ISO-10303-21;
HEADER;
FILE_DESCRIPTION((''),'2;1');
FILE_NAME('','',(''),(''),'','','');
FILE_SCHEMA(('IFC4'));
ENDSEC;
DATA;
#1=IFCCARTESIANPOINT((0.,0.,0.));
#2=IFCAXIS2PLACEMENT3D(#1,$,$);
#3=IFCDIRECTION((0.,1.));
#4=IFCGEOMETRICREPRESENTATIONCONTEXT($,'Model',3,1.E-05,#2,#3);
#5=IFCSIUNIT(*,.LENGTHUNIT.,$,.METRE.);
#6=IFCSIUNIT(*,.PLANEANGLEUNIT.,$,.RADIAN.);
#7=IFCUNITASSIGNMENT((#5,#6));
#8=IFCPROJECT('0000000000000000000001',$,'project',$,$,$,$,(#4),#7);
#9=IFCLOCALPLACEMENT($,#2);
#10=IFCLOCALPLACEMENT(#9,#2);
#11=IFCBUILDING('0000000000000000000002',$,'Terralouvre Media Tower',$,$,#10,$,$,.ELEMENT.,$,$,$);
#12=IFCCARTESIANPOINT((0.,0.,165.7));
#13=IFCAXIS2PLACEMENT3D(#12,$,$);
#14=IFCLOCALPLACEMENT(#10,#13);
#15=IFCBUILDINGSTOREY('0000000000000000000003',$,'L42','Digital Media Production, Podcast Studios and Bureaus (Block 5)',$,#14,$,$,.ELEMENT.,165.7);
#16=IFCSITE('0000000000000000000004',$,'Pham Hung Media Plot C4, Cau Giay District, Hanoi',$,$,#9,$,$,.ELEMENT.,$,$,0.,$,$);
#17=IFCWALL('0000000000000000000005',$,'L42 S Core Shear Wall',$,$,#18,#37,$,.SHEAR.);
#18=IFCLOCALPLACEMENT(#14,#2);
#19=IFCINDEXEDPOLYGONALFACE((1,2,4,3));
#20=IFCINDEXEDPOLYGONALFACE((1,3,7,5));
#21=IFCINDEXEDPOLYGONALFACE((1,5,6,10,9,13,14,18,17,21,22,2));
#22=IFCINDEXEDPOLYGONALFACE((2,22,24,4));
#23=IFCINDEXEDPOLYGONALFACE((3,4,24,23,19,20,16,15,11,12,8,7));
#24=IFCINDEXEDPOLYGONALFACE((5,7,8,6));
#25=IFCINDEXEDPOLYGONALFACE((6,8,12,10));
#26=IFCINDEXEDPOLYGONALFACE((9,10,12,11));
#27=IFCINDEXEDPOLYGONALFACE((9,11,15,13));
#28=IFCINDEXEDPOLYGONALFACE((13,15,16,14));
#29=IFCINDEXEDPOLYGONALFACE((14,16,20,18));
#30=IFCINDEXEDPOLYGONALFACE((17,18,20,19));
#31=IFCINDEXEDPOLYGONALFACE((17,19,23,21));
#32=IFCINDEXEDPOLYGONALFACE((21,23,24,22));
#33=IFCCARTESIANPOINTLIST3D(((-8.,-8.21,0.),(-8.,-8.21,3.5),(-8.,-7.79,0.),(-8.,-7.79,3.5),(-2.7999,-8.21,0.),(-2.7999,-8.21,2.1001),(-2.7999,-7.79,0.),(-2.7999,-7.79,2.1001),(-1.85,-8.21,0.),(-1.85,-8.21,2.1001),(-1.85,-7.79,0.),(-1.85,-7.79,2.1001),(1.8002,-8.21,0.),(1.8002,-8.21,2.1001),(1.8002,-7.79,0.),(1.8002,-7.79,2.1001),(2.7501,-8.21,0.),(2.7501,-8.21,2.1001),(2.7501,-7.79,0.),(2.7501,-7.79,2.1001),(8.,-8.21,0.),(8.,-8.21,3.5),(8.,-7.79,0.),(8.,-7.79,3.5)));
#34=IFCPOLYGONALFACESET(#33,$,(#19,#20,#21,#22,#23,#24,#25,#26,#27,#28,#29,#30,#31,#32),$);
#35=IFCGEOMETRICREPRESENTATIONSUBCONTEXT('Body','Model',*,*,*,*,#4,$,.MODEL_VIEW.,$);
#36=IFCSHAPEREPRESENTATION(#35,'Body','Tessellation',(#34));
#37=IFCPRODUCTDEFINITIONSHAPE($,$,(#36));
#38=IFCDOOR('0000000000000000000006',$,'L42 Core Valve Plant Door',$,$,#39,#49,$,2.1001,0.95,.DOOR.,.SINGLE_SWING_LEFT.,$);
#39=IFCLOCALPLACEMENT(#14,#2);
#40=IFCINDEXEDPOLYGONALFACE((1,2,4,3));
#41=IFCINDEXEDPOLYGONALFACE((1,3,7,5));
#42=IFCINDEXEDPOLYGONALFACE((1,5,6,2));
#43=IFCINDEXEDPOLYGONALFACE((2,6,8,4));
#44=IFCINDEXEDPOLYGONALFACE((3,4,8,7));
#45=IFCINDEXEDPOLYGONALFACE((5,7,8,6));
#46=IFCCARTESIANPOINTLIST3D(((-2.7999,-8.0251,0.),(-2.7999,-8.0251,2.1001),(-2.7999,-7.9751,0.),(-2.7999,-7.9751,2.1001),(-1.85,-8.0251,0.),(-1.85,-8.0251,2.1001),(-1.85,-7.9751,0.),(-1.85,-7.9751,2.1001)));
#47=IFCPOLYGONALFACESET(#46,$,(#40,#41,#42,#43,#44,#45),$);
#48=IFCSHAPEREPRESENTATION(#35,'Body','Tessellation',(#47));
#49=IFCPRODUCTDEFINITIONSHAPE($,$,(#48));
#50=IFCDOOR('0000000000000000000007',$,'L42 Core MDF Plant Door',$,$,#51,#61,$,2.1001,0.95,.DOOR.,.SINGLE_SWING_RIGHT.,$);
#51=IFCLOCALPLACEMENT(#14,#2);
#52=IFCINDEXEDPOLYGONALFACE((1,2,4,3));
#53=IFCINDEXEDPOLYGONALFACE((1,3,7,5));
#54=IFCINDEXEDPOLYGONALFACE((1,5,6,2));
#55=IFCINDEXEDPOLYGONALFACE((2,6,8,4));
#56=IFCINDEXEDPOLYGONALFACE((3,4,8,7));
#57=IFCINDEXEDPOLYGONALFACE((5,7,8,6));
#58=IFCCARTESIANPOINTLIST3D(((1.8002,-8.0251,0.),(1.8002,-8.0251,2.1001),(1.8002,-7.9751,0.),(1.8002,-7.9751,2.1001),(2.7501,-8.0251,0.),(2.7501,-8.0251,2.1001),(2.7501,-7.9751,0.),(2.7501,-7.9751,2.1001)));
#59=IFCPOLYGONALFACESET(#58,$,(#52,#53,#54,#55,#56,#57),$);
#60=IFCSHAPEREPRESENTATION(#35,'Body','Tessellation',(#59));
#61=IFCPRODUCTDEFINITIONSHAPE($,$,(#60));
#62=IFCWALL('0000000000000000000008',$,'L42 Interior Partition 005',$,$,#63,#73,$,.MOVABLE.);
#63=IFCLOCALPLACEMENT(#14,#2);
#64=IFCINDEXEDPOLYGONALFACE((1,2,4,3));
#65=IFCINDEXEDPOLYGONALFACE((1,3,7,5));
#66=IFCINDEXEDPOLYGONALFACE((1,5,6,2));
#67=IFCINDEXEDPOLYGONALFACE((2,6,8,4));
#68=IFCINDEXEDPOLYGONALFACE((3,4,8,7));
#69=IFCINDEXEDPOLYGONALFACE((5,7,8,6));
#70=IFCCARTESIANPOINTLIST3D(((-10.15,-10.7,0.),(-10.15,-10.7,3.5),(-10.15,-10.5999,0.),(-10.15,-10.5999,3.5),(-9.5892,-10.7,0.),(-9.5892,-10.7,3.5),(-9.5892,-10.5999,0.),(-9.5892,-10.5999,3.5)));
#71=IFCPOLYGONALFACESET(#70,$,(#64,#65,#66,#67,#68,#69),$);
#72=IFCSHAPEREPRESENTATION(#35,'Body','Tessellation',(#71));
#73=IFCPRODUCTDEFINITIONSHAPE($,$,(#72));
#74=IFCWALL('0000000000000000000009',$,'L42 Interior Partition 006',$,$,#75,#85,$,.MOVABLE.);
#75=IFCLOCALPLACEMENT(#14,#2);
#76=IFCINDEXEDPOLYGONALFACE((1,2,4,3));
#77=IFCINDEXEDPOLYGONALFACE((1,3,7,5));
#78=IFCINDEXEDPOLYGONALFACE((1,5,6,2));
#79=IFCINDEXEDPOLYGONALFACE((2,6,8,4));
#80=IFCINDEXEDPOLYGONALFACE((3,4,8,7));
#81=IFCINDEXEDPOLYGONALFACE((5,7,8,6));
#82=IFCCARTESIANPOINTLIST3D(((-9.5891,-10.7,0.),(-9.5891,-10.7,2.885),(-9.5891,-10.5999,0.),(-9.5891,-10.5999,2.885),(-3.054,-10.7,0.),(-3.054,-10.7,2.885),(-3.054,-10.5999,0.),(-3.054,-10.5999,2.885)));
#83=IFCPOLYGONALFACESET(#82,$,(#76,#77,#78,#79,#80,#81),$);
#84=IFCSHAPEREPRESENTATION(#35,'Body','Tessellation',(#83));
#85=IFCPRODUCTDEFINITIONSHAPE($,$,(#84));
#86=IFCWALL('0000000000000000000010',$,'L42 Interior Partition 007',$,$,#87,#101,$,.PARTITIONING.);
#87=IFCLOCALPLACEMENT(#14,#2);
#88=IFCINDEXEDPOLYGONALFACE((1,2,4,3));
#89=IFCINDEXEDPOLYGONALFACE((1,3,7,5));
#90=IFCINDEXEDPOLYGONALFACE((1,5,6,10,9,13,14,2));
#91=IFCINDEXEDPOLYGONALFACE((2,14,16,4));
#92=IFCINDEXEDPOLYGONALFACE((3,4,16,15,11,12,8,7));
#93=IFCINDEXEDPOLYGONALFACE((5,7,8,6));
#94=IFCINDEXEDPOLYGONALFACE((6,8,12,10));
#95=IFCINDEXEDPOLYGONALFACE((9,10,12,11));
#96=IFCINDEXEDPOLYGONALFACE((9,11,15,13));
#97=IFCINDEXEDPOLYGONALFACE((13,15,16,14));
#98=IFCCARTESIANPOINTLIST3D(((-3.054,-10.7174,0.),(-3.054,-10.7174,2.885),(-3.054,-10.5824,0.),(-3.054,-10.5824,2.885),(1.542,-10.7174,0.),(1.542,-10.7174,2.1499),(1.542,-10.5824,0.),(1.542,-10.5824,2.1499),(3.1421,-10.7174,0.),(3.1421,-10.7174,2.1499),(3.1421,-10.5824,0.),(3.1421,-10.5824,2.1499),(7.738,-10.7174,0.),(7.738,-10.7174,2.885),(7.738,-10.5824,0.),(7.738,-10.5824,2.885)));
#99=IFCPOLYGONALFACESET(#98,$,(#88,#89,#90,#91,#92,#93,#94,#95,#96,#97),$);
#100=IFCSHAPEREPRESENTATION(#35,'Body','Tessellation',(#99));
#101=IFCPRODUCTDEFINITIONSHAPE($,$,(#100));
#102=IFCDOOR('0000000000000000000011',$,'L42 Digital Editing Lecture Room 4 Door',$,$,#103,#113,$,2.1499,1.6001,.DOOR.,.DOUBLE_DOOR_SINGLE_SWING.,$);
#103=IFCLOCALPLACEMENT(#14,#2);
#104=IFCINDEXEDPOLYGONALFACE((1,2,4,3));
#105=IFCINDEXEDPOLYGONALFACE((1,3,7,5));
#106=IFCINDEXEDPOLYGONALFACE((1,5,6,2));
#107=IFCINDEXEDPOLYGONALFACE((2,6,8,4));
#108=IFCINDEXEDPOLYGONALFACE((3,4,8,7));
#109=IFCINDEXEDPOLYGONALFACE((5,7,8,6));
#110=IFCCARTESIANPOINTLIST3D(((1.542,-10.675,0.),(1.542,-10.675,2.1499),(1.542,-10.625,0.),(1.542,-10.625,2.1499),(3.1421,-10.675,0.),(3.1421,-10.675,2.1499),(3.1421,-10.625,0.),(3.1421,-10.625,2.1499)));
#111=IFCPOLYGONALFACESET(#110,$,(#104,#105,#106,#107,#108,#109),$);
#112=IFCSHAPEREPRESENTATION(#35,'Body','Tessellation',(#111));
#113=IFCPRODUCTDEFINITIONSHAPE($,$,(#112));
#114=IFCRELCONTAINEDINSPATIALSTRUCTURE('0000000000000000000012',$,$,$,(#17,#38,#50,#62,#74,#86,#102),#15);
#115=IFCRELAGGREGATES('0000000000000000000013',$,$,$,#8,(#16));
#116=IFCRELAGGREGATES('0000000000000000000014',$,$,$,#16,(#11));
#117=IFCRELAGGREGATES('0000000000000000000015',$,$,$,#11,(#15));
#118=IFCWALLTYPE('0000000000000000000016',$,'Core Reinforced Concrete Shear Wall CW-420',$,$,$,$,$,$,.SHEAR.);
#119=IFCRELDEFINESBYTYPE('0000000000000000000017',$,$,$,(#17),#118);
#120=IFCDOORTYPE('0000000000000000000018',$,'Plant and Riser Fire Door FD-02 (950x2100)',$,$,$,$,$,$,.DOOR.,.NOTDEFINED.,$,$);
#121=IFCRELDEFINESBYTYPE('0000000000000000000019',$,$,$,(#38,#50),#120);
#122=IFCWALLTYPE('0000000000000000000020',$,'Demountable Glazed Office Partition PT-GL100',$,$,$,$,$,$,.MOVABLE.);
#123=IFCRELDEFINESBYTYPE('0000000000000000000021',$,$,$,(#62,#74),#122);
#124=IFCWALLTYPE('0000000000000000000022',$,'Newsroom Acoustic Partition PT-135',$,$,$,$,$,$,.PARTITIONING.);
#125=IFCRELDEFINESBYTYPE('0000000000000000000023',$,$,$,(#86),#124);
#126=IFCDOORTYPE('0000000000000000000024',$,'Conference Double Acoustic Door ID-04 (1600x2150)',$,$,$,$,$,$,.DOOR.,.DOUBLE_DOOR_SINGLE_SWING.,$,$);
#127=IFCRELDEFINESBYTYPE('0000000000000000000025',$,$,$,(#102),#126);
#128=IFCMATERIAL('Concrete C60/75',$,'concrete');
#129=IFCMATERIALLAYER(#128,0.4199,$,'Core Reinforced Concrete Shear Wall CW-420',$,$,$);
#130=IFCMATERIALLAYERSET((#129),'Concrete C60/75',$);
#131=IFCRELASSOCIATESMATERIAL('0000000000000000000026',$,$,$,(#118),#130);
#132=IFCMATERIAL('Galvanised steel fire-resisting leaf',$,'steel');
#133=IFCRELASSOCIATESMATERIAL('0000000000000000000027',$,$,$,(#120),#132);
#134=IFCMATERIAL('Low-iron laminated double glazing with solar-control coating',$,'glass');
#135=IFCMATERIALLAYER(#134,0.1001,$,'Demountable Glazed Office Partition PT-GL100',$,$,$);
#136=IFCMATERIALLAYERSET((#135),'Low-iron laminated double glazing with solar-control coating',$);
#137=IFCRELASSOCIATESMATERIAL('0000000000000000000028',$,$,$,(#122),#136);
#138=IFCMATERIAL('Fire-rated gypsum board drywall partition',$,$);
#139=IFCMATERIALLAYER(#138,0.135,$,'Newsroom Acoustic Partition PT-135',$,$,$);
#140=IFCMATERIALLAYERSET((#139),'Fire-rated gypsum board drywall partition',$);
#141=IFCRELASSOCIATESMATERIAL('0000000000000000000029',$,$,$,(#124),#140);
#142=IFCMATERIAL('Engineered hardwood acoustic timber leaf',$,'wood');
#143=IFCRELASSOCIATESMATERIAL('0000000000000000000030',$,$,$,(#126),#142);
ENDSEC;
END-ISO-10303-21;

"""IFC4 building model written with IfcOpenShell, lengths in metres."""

from ifc_helpers import new_model, si_unit, direction, frame, frame_2d, origin, place, context, subcontext, project, spatial, rectangle, extrude, material, layer, layer_set, type_object, element, fill, save


model = new_model("IFC4")

# Units and contexts
model_context = context("Model", 3, precision=1e-05, world=origin(), true_north=direction((0.0, 1.0)))
body_context = subcontext(model_context, "Body", "Model", "MODEL_VIEW")
ifc_project = project(units=[si_unit("LENGTHUNIT", "METRE"), si_unit("PLANEANGLEUNIT", "RADIAN")], contexts=[model_context])

# Site, building, storey
site_placement = place(None, origin())
site = spatial("IfcSite", under=ifc_project, at=site_placement, Name="Pham Hung Media Plot C4, Cau Giay District, Hanoi", CompositionType="ELEMENT", RefElevation=0.0)
building_placement = place(site_placement, origin())
building = spatial("IfcBuilding", under=site, at=building_placement, Name="Terralouvre Media Tower", CompositionType="ELEMENT")
storey_placement = place(building_placement, frame((0.0, 0.0, 165.7)))
storey = spatial("IfcBuildingStorey", under=building, at=storey_placement, Name="L42", Description="Digital Media Production, Podcast Studios and Bureaus (Block 5)", CompositionType="ELEMENT", Elevation=165.7)

# Wall, openings, doors
ifc_material_1 = material(Name="Concrete C60/75", Category="concrete")
ifc_layer_1 = layer(ifc_material_1, 0.4199, Name="Core Reinforced Concrete Shear Wall CW-420")
ifc_layer_set_1 = layer_set([ifc_layer_1], Name="Concrete C60/75")
wall_type_1 = type_object("IfcWallType", Name="Core Reinforced Concrete Shear Wall CW-420", PredefinedType="SHEAR", material=ifc_layer_set_1)
wall_1_placement = place(storey_placement, frame((-8.0, -8.0, 0.0), z_axis=(0.0, 0.0, 1.0), x_axis=(1.0, 0.0, 0.0)))
wall_1 = element("IfcWall", 1, at=wall_1_placement, inside=storey, type_object=wall_type_1, Name="L42 S Core Shear Wall", PredefinedType="SHEAR", context=body_context, shape_type="SweptSolid", body=[
    extrude(rectangle(XDim=16.0, YDim=0.4199, at=frame_2d((8.0, 0.0))), origin(), (0.0, 0.0, 1.0), 3.5),
])
opening_1_placement = place(wall_1_placement, frame((5.2, 0.0, 0.0)))
opening_1 = element("IfcOpeningElement", 2, at=opening_1_placement, cuts=wall_1, PredefinedType="OPENING", context=body_context, shape_type="SweptSolid", body=[
    extrude(rectangle(XDim=0.95, YDim=2.1001, at=frame_2d((0.4751, 1.05))), frame((0.0, 0.22, 0.0), z_axis=(0.0, -1.0, 0.0), x_axis=(1.0, 0.0, 0.0)), (0.0, 0.0, 1.0), 0.4399),
])
opening_2_placement = place(wall_1_placement, frame((9.8, 0.0, 0.0)))
opening_2 = element("IfcOpeningElement", 3, at=opening_2_placement, cuts=wall_1, PredefinedType="OPENING", context=body_context, shape_type="SweptSolid", body=[
    extrude(rectangle(XDim=0.95, YDim=2.1001, at=frame_2d((0.4751, 1.05))), frame((0.0, 0.22, 0.0), z_axis=(0.0, -1.0, 0.0), x_axis=(1.0, 0.0, 0.0)), (0.0, 0.0, 1.0), 0.4399),
])
ifc_material_2 = material(Name="Galvanised steel fire-resisting leaf", Category="steel")
door_type_1 = type_object("IfcDoorType", Name="Plant and Riser Fire Door FD-02 (950x2100)", OperationType="NOTDEFINED", PredefinedType="DOOR", material=ifc_material_2)
door_1_placement = place(opening_1_placement, origin())
door_1 = element("IfcDoor", 4, at=door_1_placement, inside=storey, type_object=door_type_1, Name="L42 Core Valve Plant Door", OperationType="SINGLE_SWING_LEFT", OverallHeight=2.1001, OverallWidth=0.95, PredefinedType="DOOR", context=body_context, shape_type="SweptSolid", body=[
    extrude(rectangle(XDim=0.95, YDim=2.1001, at=frame_2d((0.4751, 1.05))), frame((0.0, 0.0249, 0.0), z_axis=(0.0, -1.0, 0.0), x_axis=(1.0, 0.0, 0.0)), (0.0, 0.0, 1.0), 0.05),
])
fill(opening_1, door_1)
door_2_placement = place(opening_2_placement, origin())
door_2 = element("IfcDoor", 5, at=door_2_placement, inside=storey, type_object=door_type_1, Name="L42 Core MDF Plant Door", OperationType="SINGLE_SWING_RIGHT", OverallHeight=2.1001, OverallWidth=0.95, PredefinedType="DOOR", context=body_context, shape_type="SweptSolid", body=[
    extrude(rectangle(XDim=0.95, YDim=2.1001, at=frame_2d((0.4751, 1.05))), frame((0.0, 0.0249, 0.0), z_axis=(0.0, -1.0, 0.0), x_axis=(1.0, 0.0, 0.0)), (0.0, 0.0, 1.0), 0.05),
])
fill(opening_2, door_2)

# Walls
ifc_material_3 = material(Name="Low-iron laminated double glazing with solar-control coating", Category="glass")
ifc_layer_2 = layer(ifc_material_3, 0.1001, Name="Demountable Glazed Office Partition PT-GL100")
ifc_layer_set_2 = layer_set([ifc_layer_2], Name="Low-iron laminated double glazing with solar-control coating")
wall_type_2 = type_object("IfcWallType", Name="Demountable Glazed Office Partition PT-GL100", PredefinedType="MOVABLE", material=ifc_layer_set_2)
wall_2_placement = place(storey_placement, frame((-10.1499, -10.6499, 0.0), z_axis=(0.0, 0.0, 1.0), x_axis=(1.0, 0.0, 0.0)))
element("IfcWall", 6, at=wall_2_placement, inside=storey, type_object=wall_type_2, Name="L42 Interior Partition 005", PredefinedType="MOVABLE", context=body_context, shape_type="SweptSolid", body=[
    extrude(rectangle(XDim=0.5608, YDim=0.1001, at=frame_2d((0.2803, 0.0))), origin(), (0.0, 0.0, 1.0), 3.5),
])
wall_3_placement = place(storey_placement, frame((-9.5891, -10.6499, 0.0), z_axis=(0.0, 0.0, 1.0), x_axis=(1.0, 0.0, 0.0)))
element("IfcWall", 7, at=wall_3_placement, inside=storey, type_object=wall_type_2, Name="L42 Interior Partition 006", PredefinedType="MOVABLE", context=body_context, shape_type="SweptSolid", body=[
    extrude(rectangle(XDim=6.5352, YDim=0.1001, at=frame_2d((3.2676, 0.0))), origin(), (0.0, 0.0, 1.0), 2.885),
])

# Wall, opening, door
ifc_material_4 = material(Name="Fire-rated gypsum board drywall partition")
ifc_layer_3 = layer(ifc_material_4, 0.135, Name="Newsroom Acoustic Partition PT-135")
ifc_layer_set_3 = layer_set([ifc_layer_3], Name="Fire-rated gypsum board drywall partition")
wall_type_3 = type_object("IfcWallType", Name="Newsroom Acoustic Partition PT-135", PredefinedType="PARTITIONING", material=ifc_layer_set_3)
wall_4_placement = place(storey_placement, frame((-3.054, -10.6499, 0.0), z_axis=(0.0, 0.0, 1.0), x_axis=(1.0, 0.0, 0.0)))
wall_4 = element("IfcWall", 8, at=wall_4_placement, inside=storey, type_object=wall_type_3, Name="L42 Interior Partition 007", PredefinedType="PARTITIONING", context=body_context, shape_type="SweptSolid", body=[
    extrude(rectangle(XDim=10.792, YDim=0.135, at=frame_2d((5.396, 0.0))), origin(), (0.0, 0.0, 1.0), 2.885),
])
opening_3_placement = place(wall_4_placement, frame((4.5959, 0.0, 0.0)))
opening_3 = element("IfcOpeningElement", 9, at=opening_3_placement, cuts=wall_4, PredefinedType="OPENING", context=body_context, shape_type="SweptSolid", body=[
    extrude(rectangle(XDim=1.6001, YDim=2.1499, at=frame_2d((0.8, 1.075))), frame((0.0, 0.0774, 0.0), z_axis=(0.0, -1.0, 0.0), x_axis=(1.0, 0.0, 0.0)), (0.0, 0.0, 1.0), 0.155),
])
ifc_material_5 = material(Name="Engineered hardwood acoustic timber leaf", Category="wood")
door_type_2 = type_object("IfcDoorType", Name="Conference Double Acoustic Door ID-04 (1600x2150)", OperationType="DOUBLE_DOOR_SINGLE_SWING", PredefinedType="DOOR", material=ifc_material_5)
door_3_placement = place(opening_3_placement, origin())
door_3 = element("IfcDoor", 10, at=door_3_placement, inside=storey, type_object=door_type_2, Name="L42 Digital Editing Lecture Room 4 Door", OperationType="DOUBLE_DOOR_SINGLE_SWING", OverallHeight=2.1499, OverallWidth=1.6001, PredefinedType="DOOR", context=body_context, shape_type="SweptSolid", body=[
    extrude(rectangle(XDim=1.6001, YDim=2.1499, at=frame_2d((0.8, 1.075))), frame((0.0, 0.0249, 0.0), z_axis=(0.0, -1.0, 0.0), x_axis=(1.0, 0.0, 0.0)), (0.0, 0.0, 1.0), 0.05),
])
fill(opening_3, door_3)

save(model, "model.ifc")
